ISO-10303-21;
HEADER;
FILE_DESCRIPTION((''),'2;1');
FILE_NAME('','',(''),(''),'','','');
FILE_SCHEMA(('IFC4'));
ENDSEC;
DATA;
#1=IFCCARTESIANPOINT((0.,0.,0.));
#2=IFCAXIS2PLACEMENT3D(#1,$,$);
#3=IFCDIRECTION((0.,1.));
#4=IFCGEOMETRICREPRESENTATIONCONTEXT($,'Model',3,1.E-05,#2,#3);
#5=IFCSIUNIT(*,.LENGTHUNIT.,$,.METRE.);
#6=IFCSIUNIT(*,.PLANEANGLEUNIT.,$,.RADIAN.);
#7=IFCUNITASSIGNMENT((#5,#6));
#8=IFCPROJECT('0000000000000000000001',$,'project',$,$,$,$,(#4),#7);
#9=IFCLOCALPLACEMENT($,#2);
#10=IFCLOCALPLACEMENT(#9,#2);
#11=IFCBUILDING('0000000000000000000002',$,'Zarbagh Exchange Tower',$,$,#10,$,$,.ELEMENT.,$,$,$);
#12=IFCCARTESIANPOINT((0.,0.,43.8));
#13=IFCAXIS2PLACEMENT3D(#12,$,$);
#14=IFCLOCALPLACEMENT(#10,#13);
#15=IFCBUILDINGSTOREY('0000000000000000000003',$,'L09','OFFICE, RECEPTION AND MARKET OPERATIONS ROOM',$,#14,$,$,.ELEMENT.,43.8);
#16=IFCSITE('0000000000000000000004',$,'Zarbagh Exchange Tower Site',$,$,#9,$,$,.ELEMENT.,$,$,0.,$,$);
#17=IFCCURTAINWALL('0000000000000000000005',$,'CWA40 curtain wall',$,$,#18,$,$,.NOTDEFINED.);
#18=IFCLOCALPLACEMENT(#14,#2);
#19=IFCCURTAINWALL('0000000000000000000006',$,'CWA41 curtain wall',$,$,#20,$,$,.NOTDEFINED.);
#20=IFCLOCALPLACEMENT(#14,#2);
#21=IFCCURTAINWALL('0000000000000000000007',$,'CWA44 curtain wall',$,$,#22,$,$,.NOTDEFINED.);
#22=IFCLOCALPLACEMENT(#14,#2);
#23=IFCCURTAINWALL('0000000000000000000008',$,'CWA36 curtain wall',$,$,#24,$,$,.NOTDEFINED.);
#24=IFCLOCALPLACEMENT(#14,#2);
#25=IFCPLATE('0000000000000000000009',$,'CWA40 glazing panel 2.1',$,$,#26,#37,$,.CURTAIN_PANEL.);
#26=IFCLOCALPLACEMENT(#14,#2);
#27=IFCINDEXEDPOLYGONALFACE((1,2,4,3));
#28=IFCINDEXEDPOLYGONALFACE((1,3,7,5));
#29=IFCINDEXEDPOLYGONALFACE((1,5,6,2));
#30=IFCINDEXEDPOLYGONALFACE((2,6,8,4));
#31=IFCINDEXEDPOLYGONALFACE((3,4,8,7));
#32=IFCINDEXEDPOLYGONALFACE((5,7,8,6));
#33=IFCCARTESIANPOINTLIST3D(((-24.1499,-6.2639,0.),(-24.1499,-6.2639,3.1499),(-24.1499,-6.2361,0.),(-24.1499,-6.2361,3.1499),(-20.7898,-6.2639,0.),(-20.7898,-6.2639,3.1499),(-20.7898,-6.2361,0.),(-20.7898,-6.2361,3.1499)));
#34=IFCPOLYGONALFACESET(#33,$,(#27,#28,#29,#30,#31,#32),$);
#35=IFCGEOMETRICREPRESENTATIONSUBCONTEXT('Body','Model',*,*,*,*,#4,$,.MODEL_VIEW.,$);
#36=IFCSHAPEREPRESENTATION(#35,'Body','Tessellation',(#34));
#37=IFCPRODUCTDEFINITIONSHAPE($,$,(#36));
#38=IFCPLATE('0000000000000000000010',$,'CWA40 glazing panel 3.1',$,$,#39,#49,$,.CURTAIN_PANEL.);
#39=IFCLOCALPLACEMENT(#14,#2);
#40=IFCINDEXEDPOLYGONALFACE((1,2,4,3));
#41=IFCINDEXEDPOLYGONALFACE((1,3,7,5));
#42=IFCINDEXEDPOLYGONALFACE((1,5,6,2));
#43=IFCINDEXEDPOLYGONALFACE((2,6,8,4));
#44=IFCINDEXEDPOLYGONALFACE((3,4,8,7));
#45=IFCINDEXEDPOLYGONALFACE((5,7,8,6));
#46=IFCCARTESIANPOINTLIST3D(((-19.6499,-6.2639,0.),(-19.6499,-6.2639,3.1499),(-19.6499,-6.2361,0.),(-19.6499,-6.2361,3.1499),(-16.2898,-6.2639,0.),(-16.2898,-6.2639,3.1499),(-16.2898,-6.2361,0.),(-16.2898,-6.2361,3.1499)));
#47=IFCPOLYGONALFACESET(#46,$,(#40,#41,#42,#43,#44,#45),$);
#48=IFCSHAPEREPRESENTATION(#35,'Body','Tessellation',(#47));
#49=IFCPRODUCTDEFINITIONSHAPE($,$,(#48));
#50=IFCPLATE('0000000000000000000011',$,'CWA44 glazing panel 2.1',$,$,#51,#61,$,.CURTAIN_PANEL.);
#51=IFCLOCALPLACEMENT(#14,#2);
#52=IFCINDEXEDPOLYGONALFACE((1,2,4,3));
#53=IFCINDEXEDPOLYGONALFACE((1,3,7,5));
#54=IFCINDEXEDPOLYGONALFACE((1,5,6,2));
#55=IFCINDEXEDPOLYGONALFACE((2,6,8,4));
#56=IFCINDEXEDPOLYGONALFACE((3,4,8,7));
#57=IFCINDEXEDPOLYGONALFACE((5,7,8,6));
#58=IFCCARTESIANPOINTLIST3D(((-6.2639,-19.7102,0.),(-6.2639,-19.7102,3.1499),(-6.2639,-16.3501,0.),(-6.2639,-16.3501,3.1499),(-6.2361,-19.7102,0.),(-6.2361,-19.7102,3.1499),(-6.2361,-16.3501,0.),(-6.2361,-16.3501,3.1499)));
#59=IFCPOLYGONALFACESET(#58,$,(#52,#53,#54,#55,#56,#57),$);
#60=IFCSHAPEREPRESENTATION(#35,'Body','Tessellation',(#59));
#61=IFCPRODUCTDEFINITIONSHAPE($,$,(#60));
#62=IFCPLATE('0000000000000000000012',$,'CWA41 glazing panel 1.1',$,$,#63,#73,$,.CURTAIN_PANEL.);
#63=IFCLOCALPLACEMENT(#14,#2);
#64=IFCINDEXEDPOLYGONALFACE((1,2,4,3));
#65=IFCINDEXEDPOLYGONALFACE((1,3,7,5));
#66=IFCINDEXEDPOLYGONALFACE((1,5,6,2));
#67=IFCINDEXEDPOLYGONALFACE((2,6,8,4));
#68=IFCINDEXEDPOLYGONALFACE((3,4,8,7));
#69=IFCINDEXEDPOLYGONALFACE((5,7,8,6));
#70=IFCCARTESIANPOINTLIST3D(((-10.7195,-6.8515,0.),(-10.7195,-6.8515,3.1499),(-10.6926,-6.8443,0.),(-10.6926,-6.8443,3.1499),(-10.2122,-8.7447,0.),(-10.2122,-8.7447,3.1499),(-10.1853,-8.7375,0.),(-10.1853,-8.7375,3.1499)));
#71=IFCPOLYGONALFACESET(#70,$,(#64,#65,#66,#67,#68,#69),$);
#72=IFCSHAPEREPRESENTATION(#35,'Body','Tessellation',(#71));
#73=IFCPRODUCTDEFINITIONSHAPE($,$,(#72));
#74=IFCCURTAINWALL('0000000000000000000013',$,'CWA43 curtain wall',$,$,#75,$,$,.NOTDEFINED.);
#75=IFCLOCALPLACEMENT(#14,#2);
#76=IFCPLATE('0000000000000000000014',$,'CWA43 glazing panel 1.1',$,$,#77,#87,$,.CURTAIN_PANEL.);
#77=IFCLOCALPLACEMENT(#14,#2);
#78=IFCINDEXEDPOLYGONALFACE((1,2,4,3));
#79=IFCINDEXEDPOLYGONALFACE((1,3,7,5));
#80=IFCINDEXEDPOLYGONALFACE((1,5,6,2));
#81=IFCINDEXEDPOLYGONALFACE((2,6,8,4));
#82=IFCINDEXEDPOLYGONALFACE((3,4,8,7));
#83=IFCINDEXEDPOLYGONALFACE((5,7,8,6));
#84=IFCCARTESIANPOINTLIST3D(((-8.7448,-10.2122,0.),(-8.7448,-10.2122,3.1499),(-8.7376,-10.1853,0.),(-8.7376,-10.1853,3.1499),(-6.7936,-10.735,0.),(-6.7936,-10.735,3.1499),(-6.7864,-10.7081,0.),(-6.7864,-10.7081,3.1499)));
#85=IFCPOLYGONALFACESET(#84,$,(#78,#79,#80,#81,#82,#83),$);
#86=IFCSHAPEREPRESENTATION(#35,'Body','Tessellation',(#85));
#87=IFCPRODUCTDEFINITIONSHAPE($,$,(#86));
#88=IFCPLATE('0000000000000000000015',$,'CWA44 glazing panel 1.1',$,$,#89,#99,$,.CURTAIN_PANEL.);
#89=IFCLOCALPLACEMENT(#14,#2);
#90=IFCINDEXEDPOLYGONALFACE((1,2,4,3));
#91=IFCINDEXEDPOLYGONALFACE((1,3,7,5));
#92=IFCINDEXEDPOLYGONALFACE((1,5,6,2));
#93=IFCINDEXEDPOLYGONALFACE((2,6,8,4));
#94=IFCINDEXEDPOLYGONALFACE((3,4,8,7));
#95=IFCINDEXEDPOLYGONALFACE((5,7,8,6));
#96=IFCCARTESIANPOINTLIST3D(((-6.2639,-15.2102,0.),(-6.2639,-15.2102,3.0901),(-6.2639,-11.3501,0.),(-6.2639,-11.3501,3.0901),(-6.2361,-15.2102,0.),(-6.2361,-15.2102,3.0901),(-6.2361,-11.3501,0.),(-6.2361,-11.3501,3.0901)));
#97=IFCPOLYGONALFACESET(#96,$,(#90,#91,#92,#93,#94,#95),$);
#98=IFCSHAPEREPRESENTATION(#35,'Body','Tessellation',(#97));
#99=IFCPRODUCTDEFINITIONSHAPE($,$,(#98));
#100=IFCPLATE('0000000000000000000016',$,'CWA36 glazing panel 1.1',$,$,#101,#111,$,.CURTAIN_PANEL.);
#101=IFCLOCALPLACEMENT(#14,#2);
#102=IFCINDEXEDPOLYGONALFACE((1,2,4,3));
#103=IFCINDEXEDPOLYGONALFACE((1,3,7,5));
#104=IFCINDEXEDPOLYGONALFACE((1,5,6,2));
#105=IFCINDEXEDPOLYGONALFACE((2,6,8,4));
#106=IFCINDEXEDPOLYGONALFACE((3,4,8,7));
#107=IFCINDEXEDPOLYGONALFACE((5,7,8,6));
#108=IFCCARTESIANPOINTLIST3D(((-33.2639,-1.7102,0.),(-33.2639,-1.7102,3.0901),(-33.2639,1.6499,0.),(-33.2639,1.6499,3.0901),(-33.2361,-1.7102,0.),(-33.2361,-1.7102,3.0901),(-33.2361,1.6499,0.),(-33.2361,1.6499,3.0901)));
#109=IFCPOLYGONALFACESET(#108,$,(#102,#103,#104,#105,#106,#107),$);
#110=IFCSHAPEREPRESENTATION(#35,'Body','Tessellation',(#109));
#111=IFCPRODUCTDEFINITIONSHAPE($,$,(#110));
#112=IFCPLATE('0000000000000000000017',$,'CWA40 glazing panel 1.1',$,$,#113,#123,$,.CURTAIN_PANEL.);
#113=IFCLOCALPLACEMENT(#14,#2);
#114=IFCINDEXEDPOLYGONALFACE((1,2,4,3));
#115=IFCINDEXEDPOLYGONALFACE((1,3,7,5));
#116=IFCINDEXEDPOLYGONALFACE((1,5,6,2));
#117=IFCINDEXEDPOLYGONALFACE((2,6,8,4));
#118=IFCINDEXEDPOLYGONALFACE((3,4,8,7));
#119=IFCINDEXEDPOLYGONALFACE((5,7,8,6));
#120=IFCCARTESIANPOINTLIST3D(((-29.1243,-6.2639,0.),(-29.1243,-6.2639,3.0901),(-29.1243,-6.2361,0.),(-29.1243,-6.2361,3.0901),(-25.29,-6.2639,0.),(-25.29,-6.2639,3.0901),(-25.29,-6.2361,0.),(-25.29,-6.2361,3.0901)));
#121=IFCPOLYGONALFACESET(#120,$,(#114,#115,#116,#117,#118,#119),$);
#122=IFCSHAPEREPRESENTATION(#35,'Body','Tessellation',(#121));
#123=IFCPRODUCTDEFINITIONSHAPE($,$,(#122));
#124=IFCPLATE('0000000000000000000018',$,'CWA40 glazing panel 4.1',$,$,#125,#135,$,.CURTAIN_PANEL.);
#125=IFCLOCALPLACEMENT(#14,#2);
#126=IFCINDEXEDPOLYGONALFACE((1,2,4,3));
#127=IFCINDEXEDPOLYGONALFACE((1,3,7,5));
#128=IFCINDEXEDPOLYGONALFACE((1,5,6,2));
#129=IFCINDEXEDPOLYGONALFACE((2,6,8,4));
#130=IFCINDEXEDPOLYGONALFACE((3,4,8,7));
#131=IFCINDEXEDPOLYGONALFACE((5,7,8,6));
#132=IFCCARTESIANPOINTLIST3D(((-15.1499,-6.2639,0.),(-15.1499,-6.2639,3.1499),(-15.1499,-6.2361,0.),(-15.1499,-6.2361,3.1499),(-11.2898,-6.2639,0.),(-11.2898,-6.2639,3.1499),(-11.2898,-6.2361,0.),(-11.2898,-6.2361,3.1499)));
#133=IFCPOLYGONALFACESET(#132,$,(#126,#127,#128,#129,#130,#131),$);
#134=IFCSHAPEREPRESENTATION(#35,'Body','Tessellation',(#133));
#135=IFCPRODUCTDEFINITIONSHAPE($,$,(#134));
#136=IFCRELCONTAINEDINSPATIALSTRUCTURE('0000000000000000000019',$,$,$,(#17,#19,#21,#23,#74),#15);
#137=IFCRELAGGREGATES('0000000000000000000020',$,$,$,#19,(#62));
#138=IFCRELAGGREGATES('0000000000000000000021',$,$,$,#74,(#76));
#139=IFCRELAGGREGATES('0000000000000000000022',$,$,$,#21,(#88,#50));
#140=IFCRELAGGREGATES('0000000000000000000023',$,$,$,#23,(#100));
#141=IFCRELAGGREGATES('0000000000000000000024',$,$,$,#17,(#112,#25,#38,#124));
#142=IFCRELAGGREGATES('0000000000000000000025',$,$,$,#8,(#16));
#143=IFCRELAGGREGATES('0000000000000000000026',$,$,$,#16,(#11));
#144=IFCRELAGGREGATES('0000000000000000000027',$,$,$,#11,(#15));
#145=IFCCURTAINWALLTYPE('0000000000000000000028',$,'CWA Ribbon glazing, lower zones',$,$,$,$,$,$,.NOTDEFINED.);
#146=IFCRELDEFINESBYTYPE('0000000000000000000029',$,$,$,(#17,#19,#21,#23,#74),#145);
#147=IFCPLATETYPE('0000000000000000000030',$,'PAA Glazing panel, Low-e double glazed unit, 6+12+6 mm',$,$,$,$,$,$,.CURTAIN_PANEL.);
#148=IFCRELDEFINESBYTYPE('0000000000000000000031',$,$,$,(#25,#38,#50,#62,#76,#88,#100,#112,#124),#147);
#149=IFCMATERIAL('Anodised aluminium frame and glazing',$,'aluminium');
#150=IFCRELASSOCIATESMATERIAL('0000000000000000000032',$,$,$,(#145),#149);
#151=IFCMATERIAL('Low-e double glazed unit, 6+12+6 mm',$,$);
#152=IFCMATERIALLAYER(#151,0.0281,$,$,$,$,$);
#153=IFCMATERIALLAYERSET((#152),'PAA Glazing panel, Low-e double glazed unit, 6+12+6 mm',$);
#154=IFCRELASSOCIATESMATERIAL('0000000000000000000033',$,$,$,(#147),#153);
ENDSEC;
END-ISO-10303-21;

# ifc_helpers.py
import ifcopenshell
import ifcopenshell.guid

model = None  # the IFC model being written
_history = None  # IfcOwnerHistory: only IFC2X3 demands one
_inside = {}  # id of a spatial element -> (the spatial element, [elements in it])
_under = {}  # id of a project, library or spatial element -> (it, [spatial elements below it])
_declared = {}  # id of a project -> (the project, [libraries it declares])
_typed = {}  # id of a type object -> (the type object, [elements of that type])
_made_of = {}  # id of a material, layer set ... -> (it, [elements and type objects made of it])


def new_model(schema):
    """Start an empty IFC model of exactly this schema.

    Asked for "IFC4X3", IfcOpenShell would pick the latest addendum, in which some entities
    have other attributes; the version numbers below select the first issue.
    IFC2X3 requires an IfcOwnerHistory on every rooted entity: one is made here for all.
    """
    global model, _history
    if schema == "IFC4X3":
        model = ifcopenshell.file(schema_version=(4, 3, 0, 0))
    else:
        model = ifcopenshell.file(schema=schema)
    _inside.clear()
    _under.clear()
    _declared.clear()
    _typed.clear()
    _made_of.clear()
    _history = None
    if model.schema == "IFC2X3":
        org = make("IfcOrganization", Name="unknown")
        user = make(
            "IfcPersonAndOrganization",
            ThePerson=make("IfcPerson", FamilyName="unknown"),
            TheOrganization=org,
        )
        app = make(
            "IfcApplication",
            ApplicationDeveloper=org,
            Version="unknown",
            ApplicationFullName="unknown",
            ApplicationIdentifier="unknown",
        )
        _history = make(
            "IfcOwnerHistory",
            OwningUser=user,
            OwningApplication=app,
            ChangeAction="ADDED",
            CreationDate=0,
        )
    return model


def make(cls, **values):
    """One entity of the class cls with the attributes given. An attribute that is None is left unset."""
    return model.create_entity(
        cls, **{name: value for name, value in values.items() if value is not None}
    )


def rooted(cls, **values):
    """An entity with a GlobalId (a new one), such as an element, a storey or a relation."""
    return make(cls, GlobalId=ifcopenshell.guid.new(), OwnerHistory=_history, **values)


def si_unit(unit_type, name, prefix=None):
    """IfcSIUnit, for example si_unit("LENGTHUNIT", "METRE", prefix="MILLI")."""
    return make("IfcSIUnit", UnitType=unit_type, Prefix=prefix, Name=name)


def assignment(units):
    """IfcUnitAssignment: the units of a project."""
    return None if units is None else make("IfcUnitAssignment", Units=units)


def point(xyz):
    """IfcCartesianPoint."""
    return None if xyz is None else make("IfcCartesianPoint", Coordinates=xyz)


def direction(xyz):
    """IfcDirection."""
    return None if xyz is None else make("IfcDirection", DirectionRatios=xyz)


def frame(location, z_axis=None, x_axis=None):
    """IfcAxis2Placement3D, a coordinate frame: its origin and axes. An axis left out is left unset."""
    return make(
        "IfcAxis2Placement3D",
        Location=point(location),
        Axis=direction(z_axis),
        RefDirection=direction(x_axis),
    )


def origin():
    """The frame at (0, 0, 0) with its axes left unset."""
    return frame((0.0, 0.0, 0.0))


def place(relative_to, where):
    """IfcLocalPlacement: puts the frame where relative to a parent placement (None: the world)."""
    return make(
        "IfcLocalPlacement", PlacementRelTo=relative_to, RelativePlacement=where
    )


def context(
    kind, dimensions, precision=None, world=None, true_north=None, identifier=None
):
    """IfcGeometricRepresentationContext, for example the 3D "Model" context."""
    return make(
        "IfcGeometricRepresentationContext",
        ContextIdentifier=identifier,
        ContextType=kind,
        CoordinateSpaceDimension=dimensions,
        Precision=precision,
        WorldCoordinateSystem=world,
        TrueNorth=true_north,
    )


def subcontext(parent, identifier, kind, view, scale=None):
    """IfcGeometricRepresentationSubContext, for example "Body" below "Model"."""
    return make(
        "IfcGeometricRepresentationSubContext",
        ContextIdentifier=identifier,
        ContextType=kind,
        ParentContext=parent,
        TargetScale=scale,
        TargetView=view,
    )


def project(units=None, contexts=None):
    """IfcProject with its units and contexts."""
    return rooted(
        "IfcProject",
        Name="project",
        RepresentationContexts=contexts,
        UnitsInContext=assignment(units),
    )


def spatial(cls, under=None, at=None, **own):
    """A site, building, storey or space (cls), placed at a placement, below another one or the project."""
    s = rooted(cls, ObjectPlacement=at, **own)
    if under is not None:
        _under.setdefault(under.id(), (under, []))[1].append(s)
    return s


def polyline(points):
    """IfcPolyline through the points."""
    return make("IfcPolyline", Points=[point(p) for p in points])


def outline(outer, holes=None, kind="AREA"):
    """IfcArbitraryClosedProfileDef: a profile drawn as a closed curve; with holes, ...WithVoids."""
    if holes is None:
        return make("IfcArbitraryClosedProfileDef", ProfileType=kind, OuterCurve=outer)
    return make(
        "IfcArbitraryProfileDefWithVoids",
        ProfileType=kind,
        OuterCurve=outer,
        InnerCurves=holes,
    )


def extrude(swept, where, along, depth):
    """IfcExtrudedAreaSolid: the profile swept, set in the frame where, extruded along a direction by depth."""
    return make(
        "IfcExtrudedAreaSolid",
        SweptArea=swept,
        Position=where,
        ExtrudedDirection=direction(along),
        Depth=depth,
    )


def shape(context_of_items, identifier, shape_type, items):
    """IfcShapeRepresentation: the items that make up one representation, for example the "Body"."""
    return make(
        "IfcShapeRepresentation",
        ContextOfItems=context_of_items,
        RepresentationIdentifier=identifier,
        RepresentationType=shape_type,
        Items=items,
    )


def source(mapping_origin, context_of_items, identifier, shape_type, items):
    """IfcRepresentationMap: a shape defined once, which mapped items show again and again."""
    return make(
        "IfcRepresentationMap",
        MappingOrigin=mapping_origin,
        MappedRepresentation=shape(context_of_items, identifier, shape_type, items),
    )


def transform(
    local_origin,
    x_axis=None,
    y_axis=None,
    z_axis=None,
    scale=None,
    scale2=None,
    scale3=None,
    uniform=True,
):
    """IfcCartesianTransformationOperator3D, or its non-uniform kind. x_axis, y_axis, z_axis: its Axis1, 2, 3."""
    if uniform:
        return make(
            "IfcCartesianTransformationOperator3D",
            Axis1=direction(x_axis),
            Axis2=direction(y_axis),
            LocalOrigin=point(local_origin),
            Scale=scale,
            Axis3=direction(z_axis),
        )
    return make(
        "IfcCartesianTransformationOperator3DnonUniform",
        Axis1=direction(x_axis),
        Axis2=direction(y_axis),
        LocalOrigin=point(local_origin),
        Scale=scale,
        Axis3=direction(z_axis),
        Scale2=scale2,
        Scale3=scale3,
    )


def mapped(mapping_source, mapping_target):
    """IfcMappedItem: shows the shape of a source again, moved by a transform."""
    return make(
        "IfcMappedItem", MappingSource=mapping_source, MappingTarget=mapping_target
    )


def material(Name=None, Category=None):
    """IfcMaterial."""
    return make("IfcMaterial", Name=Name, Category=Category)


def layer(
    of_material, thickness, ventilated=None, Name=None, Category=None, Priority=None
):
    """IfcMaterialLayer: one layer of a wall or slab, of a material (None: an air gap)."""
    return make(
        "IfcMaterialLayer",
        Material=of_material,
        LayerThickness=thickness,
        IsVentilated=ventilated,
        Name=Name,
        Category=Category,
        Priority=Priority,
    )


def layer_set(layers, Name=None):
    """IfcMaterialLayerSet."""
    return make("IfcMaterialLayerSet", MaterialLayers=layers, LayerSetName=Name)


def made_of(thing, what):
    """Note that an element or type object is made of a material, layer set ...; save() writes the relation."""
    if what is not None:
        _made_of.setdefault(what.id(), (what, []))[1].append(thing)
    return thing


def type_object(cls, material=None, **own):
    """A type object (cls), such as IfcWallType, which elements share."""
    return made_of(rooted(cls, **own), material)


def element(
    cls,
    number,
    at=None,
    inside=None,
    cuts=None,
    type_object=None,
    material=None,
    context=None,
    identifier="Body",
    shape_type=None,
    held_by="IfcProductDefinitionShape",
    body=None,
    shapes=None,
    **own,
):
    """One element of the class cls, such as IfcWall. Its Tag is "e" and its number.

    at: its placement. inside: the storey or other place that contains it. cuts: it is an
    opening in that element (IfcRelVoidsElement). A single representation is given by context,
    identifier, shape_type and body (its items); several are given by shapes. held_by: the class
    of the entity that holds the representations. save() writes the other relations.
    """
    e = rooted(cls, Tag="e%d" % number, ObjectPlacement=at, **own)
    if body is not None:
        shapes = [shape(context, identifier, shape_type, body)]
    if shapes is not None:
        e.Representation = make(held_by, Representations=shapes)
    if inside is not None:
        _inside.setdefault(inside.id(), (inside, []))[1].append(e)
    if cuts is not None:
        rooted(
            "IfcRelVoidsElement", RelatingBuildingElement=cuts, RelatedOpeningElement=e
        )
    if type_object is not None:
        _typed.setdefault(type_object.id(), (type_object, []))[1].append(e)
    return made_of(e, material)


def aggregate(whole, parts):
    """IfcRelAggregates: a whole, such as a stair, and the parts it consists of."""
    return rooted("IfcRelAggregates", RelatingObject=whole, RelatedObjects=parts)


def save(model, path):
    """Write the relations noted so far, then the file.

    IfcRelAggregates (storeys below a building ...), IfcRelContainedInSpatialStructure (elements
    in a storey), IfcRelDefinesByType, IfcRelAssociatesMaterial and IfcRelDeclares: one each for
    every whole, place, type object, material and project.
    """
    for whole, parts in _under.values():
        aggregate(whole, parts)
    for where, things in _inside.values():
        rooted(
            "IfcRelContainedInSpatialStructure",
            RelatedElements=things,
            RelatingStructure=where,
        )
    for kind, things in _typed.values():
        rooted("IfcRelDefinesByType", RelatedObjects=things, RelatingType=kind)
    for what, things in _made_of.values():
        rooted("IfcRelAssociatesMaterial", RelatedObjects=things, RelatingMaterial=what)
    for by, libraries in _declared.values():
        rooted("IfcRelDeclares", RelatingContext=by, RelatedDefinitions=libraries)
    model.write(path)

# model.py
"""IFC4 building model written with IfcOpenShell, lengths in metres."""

from ifc_helpers import new_model, si_unit, direction, frame, origin, place, context, subcontext, project, spatial, polyline, outline, extrude, source, transform, mapped, material, layer, layer_set, type_object, element, aggregate, save


model = new_model("IFC4")

# Units and contexts
model_context = context("Model", 3, precision=1e-05, world=origin(), true_north=direction((0.0, 1.0)))
body_context = subcontext(model_context, "Body", "Model", "MODEL_VIEW")
ifc_project = project(units=[si_unit("LENGTHUNIT", "METRE"), si_unit("PLANEANGLEUNIT", "RADIAN")], contexts=[model_context])

# Site, building, storey
site_placement = place(None, origin())
site = spatial("IfcSite", under=ifc_project, at=site_placement, Name="Zarbagh Exchange Tower Site", CompositionType="ELEMENT", RefElevation=0.0)
building_placement = place(site_placement, origin())
building = spatial("IfcBuilding", under=site, at=building_placement, Name="Zarbagh Exchange Tower", CompositionType="ELEMENT")
storey_placement = place(building_placement, frame((0.0, 0.0, 43.8)))
storey = spatial("IfcBuildingStorey", under=building, at=storey_placement, Name="L09", Description="OFFICE, RECEPTION AND MARKET OPERATIONS ROOM", CompositionType="ELEMENT", Elevation=43.8)

# Shared definitions
ifc_material_1 = material(Name="Anodised aluminium frame and glazing", Category="aluminium")
curtain_wall_type = type_object("IfcCurtainWallType", Name="CWA Ribbon glazing, lower zones", PredefinedType="NOTDEFINED", material=ifc_material_1)
placement = place(storey_placement, origin())

# Curtain wall
curtain_wall_1_placement = place(storey_placement, origin())
curtain_wall_1 = element("IfcCurtainWall", 1, at=curtain_wall_1_placement, inside=storey, type_object=curtain_wall_type, Name="CWA40 curtain wall", PredefinedType="NOTDEFINED")

# Curtain wall
curtain_wall_2_placement = place(storey_placement, origin())
curtain_wall_2 = element("IfcCurtainWall", 2, at=curtain_wall_2_placement, inside=storey, type_object=curtain_wall_type, Name="CWA41 curtain wall", PredefinedType="NOTDEFINED")

# Curtain wall
curtain_wall_3_placement = place(storey_placement, origin())
curtain_wall_3 = element("IfcCurtainWall", 3, at=curtain_wall_3_placement, inside=storey, type_object=curtain_wall_type, Name="CWA44 curtain wall", PredefinedType="NOTDEFINED")

# Curtain wall
curtain_wall_4_placement = place(storey_placement, origin())
curtain_wall_4 = element("IfcCurtainWall", 4, at=curtain_wall_4_placement, inside=storey, type_object=curtain_wall_type, Name="CWA36 curtain wall", PredefinedType="NOTDEFINED")

# Shared definitions
ifc_material_2 = material(Name="Low-e double glazed unit, 6+12+6 mm")
ifc_layer = layer(ifc_material_2, 0.0281)
ifc_layer_set = layer_set([ifc_layer], Name="PAA Glazing panel, Low-e double glazed unit, 6+12+6 mm")
plate_type = type_object("IfcPlateType", Name="PAA Glazing panel, Low-e double glazed unit, 6+12+6 mm", PredefinedType="CURTAIN_PANEL", material=ifc_layer_set)

# Plates
shared_shape_1 = source(origin(), body_context, "Body", "SweptSolid", [
    extrude(outline(polyline([(0.0, -0.0139), (3.3601, -0.0139), (3.3601, 0.0139), (0.0, 0.0139), (0.0, -0.0139)])), origin(), (0.0, 0.0, 1.0), 3.1499),
])
plate_1 = element("IfcPlate", 5, at=placement, type_object=plate_type, Name="CWA40 glazing panel 2.1", PredefinedType="CURTAIN_PANEL", context=body_context, shape_type="MappedRepresentation", body=[
    mapped(shared_shape_1, transform((-24.1499, -6.25, 0.0), x_axis=(1.0, 0.0, 0.0), y_axis=(0.0, 1.0, 0.0), z_axis=(0.0, 0.0, 1.0))),
])
plate_2 = element("IfcPlate", 6, at=placement, type_object=plate_type, Name="CWA40 glazing panel 3.1", PredefinedType="CURTAIN_PANEL", context=body_context, shape_type="MappedRepresentation", body=[
    mapped(shared_shape_1, transform((-19.6499, -6.25, 0.0), x_axis=(1.0, 0.0, 0.0), y_axis=(0.0, 1.0, 0.0), z_axis=(0.0, 0.0, 1.0))),
])
plate_3 = element("IfcPlate", 7, at=placement, type_object=plate_type, Name="CWA44 glazing panel 2.1", PredefinedType="CURTAIN_PANEL", context=body_context, shape_type="MappedRepresentation", body=[
    mapped(shared_shape_1, transform((-6.25, -16.3501, 0.0), x_axis=(0.0, -1.0, 0.0), y_axis=(1.0, 0.0, 0.0), z_axis=(0.0, 0.0, 1.0))),
])
shared_shape_2 = source(origin(), body_context, "Body", "SweptSolid", [
    extrude(outline(polyline([(0.0, -0.0139), (1.96, -0.0139), (1.96, 0.0139), (0.0, 0.0139), (0.0, -0.0139)])), origin(), (0.0, 0.0, 1.0), 3.1499),
])
plate_4 = element("IfcPlate", 8, at=placement, type_object=plate_type, Name="CWA41 glazing panel 1.1", PredefinedType="CURTAIN_PANEL", context=body_context, shape_type="MappedRepresentation", body=[
    mapped(shared_shape_2, transform((-10.7061, -6.8479, 0.0), x_axis=(0.258825, -0.965924, 0.0), y_axis=(0.965924, 0.258825, 0.0), z_axis=(0.0, 0.0, 1.0))),
])
aggregate(curtain_wall_2, [plate_4])

# Curtain wall, plate
curtain_wall_5_placement = place(storey_placement, origin())
curtain_wall_5 = element("IfcCurtainWall", 9, at=curtain_wall_5_placement, inside=storey, type_object=curtain_wall_type, Name="CWA43 curtain wall", PredefinedType="NOTDEFINED")
shared_shape_3 = source(origin(), body_context, "Body", "SweptSolid", [
    extrude(outline(polyline([(0.0, -0.0139), (2.02, -0.0139), (2.02, 0.0139), (0.0, 0.0139), (0.0, -0.0139)])), origin(), (0.0, 0.0, 1.0), 3.1499),
])
plate_5 = element("IfcPlate", 10, at=placement, type_object=plate_type, Name="CWA43 glazing panel 1.1", PredefinedType="CURTAIN_PANEL", context=body_context, shape_type="MappedRepresentation", body=[
    mapped(shared_shape_3, transform((-8.7412, -10.1987, 0.0), x_axis=(0.965924, -0.258825, 0.0), y_axis=(0.258825, 0.965924, 0.0), z_axis=(0.0, 0.0, 1.0))),
])
aggregate(curtain_wall_5, [plate_5])

# Plates
shared_shape_4 = source(origin(), body_context, "Body", "SweptSolid", [
    extrude(outline(polyline([(0.0, -0.0139), (3.8601, -0.0139), (3.8601, 0.0139), (0.0, 0.0139), (0.0, -0.0139)])), origin(), (0.0, 0.0, 1.0), 3.0901),
])
plate_6 = element("IfcPlate", 11, at=placement, type_object=plate_type, Name="CWA44 glazing panel 1.1", PredefinedType="CURTAIN_PANEL", context=body_context, shape_type="MappedRepresentation", body=[
    mapped(shared_shape_4, transform((-6.25, -11.3501, 0.0), x_axis=(0.0, -1.0, 0.0), y_axis=(1.0, 0.0, 0.0), z_axis=(0.0, 0.0, 1.0))),
])
aggregate(curtain_wall_3, [plate_6, plate_3])
shared_shape_5 = source(origin(), body_context, "Body", "SweptSolid", [
    extrude(outline(polyline([(0.0, -0.0139), (3.3601, -0.0139), (3.3601, 0.0139), (0.0, 0.0139), (0.0, -0.0139)])), origin(), (0.0, 0.0, 1.0), 3.0901),
])
plate_7 = element("IfcPlate", 12, at=placement, type_object=plate_type, Name="CWA36 glazing panel 1.1", PredefinedType="CURTAIN_PANEL", context=body_context, shape_type="MappedRepresentation", body=[
    mapped(shared_shape_5, transform((-33.25, 1.6499, 0.0), x_axis=(0.0, -1.0, 0.0), y_axis=(1.0, 0.0, 0.0), z_axis=(0.0, 0.0, 1.0))),
])
aggregate(curtain_wall_4, [plate_7])
shared_shape_6 = source(origin(), body_context, "Body", "SweptSolid", [
    extrude(outline(polyline([(0.0, -0.0139), (3.8342, -0.0139), (3.8342, 0.0139), (0.0, 0.0139), (0.0, -0.0139)])), origin(), (0.0, 0.0, 1.0), 3.0901),
])
plate_8 = element("IfcPlate", 13, at=placement, type_object=plate_type, Name="CWA40 glazing panel 1.1", PredefinedType="CURTAIN_PANEL", context=body_context, shape_type="MappedRepresentation", body=[
    mapped(shared_shape_6, transform((-29.1243, -6.25, 0.0), x_axis=(1.0, 0.0, 0.0), y_axis=(0.0, 1.0, 0.0), z_axis=(0.0, 0.0, 1.0))),
])
shared_shape_7 = source(origin(), body_context, "Body", "SweptSolid", [
    extrude(outline(polyline([(0.0, -0.0139), (3.8601, -0.0139), (3.8601, 0.0139), (0.0, 0.0139), (0.0, -0.0139)])), origin(), (0.0, 0.0, 1.0), 3.1499),
])
plate_9 = element("IfcPlate", 14, at=placement, type_object=plate_type, Name="CWA40 glazing panel 4.1", PredefinedType="CURTAIN_PANEL", context=body_context, shape_type="MappedRepresentation", body=[
    mapped(shared_shape_7, transform((-15.1499, -6.25, 0.0), x_axis=(1.0, 0.0, 0.0), y_axis=(0.0, 1.0, 0.0), z_axis=(0.0, 0.0, 1.0))),
])
aggregate(curtain_wall_1, [plate_8, plate_1, plate_2, plate_9])

save(model, "model.ifc")
